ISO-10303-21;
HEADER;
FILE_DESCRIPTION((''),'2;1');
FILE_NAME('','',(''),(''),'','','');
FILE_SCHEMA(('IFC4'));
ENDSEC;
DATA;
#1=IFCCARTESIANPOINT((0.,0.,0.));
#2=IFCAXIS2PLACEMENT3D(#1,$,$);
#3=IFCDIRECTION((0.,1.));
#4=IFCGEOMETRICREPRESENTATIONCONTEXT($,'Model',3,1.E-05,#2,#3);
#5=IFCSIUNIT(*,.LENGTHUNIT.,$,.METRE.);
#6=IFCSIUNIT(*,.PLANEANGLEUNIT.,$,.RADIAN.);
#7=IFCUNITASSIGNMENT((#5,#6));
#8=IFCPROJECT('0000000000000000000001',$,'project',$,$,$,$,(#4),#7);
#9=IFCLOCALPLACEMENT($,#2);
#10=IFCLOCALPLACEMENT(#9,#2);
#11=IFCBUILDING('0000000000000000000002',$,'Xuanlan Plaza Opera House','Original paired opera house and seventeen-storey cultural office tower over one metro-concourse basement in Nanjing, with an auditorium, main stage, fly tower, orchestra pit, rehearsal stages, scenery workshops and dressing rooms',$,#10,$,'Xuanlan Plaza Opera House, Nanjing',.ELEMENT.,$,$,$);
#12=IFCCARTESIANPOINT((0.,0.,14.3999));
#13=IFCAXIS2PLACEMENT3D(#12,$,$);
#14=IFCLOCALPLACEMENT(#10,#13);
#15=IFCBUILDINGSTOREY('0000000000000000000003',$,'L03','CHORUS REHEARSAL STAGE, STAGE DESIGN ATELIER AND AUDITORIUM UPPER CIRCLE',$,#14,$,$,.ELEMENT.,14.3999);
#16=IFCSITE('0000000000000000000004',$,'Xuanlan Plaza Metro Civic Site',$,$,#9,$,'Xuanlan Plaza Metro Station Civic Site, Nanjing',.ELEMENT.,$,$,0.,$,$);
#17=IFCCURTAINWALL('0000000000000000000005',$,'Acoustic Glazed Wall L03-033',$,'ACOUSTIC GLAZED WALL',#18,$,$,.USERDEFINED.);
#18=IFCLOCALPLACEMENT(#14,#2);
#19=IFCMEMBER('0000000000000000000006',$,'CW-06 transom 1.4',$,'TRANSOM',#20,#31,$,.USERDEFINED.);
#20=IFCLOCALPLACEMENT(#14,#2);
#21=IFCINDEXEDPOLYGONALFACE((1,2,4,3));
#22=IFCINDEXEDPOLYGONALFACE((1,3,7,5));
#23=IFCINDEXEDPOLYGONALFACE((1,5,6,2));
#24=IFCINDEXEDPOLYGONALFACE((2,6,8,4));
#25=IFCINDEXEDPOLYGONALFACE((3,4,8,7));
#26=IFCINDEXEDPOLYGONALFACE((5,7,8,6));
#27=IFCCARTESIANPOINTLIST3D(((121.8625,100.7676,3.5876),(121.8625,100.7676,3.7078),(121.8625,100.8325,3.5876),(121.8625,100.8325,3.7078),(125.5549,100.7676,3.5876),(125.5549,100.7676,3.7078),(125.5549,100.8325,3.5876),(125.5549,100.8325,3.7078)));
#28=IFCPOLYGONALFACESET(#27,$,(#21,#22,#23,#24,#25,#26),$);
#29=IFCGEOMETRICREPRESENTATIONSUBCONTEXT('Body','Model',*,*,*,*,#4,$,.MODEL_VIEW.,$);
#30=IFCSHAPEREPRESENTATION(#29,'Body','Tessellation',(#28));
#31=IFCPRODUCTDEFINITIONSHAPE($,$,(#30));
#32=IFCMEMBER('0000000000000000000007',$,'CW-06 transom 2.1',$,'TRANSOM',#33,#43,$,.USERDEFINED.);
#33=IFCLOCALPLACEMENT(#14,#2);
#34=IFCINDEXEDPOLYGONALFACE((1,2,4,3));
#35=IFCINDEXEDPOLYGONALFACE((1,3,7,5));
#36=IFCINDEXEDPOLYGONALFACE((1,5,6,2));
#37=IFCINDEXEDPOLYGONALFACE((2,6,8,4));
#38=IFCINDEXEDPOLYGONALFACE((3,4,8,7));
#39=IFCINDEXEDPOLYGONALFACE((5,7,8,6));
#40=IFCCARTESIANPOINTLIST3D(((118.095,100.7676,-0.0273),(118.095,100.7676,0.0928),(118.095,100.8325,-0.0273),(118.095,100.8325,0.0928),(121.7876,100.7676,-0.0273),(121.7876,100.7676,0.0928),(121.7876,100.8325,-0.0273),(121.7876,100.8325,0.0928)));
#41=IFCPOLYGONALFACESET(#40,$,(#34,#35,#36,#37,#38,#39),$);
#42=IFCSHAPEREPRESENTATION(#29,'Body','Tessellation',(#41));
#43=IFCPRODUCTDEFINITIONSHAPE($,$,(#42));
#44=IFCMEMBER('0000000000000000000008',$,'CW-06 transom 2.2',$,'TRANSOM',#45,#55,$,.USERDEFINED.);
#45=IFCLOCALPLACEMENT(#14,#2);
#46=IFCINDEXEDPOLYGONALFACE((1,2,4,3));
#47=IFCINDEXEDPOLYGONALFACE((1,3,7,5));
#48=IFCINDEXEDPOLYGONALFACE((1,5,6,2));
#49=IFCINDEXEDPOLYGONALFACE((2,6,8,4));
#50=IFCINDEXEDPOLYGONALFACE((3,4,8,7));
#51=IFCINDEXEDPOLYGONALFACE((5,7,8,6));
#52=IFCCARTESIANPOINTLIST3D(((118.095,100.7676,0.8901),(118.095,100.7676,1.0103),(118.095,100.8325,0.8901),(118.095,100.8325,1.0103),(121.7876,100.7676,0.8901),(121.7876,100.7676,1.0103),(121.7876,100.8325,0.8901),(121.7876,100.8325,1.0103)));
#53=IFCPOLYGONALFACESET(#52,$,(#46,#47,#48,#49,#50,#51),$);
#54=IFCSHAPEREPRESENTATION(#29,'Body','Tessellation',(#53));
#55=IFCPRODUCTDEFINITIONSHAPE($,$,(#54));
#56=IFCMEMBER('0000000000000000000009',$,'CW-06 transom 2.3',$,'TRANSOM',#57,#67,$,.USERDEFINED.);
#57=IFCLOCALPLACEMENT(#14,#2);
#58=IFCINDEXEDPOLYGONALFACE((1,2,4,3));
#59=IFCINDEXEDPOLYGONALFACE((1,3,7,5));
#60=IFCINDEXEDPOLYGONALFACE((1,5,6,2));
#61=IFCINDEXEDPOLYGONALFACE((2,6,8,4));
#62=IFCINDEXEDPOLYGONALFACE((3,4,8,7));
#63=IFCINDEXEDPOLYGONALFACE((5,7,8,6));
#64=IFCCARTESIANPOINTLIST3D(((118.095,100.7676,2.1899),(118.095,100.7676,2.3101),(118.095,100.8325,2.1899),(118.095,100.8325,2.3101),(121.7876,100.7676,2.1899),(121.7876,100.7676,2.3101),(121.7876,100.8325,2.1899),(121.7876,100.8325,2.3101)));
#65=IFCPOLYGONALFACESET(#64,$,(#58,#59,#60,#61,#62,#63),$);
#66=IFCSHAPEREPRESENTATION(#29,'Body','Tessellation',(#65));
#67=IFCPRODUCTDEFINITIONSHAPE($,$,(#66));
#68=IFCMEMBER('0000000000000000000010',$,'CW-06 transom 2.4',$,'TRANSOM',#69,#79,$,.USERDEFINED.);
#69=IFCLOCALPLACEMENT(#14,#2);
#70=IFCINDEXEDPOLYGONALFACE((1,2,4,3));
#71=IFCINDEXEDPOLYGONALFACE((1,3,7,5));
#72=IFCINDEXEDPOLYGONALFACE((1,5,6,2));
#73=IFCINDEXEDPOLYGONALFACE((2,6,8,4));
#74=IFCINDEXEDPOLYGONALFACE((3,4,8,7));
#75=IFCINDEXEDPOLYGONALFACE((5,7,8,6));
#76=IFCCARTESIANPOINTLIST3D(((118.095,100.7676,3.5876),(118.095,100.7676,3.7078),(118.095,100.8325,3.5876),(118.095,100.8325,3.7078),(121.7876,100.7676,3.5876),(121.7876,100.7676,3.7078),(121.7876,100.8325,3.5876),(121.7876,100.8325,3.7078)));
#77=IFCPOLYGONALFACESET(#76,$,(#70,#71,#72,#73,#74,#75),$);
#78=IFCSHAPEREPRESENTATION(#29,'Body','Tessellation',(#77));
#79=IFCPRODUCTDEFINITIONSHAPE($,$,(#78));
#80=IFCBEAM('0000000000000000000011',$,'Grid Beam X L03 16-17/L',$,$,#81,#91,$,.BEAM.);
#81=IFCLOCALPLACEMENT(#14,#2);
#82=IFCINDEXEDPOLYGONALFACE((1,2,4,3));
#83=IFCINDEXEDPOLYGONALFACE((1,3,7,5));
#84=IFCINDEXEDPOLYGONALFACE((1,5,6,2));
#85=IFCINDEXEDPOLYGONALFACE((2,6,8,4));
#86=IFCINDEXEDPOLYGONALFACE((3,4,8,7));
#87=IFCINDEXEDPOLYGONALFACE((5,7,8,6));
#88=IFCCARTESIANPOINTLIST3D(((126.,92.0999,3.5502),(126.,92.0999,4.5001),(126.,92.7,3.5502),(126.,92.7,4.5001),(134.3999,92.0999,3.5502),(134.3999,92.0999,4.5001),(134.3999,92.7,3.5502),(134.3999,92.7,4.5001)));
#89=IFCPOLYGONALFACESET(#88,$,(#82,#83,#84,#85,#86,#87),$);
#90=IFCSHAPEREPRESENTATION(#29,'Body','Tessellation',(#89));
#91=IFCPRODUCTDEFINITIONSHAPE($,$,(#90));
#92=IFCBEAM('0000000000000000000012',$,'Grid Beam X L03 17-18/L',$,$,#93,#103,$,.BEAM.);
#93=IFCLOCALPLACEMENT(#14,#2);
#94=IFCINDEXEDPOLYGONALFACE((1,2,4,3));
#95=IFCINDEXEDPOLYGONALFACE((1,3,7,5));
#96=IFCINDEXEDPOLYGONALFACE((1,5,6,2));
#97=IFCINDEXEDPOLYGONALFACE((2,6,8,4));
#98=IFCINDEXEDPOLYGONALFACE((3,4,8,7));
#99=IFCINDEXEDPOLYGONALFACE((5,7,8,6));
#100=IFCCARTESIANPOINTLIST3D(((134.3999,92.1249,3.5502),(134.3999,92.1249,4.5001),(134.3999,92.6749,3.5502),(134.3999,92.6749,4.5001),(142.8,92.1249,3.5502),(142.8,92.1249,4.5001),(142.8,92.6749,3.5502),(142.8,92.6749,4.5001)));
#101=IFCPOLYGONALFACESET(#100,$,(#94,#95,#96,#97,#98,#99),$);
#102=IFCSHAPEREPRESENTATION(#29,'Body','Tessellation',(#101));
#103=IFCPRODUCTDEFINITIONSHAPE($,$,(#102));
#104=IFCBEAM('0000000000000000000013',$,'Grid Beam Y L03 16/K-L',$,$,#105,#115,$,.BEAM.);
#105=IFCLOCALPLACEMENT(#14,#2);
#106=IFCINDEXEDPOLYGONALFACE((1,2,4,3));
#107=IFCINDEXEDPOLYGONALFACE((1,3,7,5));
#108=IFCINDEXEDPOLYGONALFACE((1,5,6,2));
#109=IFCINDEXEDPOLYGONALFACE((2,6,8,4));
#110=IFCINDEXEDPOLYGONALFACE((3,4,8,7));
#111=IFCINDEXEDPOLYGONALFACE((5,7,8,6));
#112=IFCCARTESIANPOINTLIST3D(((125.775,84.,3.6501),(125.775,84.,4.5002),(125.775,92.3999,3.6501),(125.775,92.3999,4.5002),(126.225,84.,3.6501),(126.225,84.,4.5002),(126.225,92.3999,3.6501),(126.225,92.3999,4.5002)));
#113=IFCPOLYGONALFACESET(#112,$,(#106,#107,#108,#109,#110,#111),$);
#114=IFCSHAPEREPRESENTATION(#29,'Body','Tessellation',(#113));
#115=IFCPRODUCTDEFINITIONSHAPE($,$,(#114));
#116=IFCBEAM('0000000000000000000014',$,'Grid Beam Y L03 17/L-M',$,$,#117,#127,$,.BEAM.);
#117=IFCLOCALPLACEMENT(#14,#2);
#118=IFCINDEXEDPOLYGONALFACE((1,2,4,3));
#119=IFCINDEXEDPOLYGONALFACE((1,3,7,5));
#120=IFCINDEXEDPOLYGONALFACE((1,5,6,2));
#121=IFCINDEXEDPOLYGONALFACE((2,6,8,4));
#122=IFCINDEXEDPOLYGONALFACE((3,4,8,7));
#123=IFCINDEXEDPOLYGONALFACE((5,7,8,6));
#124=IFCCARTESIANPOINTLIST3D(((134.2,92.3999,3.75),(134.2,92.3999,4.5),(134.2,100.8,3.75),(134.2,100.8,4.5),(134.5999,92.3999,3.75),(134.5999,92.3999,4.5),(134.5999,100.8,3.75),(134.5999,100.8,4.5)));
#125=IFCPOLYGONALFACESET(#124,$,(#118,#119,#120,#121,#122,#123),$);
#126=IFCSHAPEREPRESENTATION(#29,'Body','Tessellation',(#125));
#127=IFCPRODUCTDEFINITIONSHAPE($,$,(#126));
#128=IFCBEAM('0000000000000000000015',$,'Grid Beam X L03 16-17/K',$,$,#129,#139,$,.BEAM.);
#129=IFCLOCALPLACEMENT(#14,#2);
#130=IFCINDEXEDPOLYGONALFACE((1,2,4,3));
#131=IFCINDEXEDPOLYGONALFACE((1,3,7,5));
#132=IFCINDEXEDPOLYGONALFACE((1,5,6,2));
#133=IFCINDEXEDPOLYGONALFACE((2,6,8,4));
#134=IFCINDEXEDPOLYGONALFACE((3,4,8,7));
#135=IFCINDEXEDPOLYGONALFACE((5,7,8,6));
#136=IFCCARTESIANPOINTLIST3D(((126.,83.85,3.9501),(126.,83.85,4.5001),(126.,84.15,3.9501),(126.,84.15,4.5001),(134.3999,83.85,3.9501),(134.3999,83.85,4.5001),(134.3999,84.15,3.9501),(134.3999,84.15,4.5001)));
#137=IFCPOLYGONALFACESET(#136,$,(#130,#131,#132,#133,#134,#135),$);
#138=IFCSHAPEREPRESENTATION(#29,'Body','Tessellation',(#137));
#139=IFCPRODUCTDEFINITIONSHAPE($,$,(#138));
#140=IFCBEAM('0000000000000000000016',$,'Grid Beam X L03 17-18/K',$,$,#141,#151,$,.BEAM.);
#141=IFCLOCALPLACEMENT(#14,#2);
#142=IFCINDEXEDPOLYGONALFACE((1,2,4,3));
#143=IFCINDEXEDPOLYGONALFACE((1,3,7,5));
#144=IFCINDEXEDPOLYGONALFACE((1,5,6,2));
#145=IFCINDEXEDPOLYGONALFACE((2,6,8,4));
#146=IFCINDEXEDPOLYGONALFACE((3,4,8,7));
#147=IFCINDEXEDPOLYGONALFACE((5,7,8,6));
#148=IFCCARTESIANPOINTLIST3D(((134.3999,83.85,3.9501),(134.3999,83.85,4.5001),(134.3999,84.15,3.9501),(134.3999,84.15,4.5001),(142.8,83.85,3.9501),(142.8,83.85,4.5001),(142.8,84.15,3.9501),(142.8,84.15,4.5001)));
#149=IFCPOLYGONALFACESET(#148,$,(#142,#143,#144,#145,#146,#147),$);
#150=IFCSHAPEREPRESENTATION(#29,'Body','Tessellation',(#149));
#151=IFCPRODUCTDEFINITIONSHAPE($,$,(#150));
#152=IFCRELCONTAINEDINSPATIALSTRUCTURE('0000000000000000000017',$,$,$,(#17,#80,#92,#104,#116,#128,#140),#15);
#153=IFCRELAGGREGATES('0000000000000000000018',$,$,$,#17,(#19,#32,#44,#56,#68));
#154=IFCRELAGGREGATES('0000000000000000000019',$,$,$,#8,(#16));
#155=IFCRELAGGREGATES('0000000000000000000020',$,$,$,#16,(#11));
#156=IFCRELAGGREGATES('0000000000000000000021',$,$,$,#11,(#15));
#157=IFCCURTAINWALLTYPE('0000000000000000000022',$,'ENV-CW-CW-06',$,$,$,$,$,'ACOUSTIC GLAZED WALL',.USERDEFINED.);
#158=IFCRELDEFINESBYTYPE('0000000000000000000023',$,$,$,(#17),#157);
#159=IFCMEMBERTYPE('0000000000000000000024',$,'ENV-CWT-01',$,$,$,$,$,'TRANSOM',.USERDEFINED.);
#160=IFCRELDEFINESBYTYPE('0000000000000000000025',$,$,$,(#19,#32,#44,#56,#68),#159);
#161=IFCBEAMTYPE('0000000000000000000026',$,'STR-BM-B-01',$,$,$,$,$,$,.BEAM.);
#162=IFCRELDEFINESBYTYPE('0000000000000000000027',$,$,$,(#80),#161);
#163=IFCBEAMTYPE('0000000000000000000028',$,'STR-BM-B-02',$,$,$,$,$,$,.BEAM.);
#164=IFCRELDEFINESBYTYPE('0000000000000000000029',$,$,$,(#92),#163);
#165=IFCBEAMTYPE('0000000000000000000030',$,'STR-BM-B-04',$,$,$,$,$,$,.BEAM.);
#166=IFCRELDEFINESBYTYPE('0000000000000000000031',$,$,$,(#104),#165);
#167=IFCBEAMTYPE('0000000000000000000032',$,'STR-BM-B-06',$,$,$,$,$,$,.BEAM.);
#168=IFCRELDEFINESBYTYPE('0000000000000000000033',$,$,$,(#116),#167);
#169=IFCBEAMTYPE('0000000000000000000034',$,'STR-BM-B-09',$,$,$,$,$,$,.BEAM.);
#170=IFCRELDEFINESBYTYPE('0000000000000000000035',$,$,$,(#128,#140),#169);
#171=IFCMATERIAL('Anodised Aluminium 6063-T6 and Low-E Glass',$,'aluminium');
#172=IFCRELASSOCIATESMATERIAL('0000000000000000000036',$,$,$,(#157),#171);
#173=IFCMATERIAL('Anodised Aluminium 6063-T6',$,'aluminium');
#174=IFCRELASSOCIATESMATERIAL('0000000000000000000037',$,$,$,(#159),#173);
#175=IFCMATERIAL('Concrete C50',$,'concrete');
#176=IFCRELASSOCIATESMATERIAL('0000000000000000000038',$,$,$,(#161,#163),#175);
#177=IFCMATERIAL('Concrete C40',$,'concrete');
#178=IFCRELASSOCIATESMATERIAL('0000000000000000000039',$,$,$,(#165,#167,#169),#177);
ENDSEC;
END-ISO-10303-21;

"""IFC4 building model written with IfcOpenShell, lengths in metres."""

from ifc_helpers import new_model, si_unit, direction, frame, origin, origin_2d, place, context, subcontext, project, spatial, rectangle, extrude, material, material_profile, profile_set, type_object, element, aggregate, save


model = new_model("IFC4")

# Units and contexts
model_context = context("Model", 3, precision=1e-05, world=origin(), true_north=direction((0.0, 1.0)))
body_context = subcontext(model_context, "Body", "Model", "MODEL_VIEW")
ifc_project = project(units=[si_unit("LENGTHUNIT", "METRE"), si_unit("PLANEANGLEUNIT", "RADIAN")], contexts=[model_context])

# Site, building, storey
site_placement = place(None, origin())
site = spatial("IfcSite", under=ifc_project, at=site_placement, Name="Xuanlan Plaza Metro Civic Site", LongName="Xuanlan Plaza Metro Station Civic Site, Nanjing", CompositionType="ELEMENT", RefElevation=0.0)
building_placement = place(site_placement, origin())
building = spatial("IfcBuilding", under=site, at=building_placement, Name="Xuanlan Plaza Opera House", Description="Original paired opera house and seventeen-storey cultural office tower over one metro-concourse basement in Nanjing, with an auditorium, main stage, fly tower, orchestra pit, rehearsal stages, scenery workshops and dressing rooms", LongName="Xuanlan Plaza Opera House, Nanjing", CompositionType="ELEMENT")
storey_placement = place(building_placement, frame((0.0, 0.0, 14.3999)))
storey = spatial("IfcBuildingStorey", under=building, at=storey_placement, Name="L03", Description="CHORUS REHEARSAL STAGE, STAGE DESIGN ATELIER AND AUDITORIUM UPPER CIRCLE", CompositionType="ELEMENT", Elevation=14.3999)

# Shared definitions
ifc_material_1 = material(Name="Concrete C50", Category="concrete")
ifc_material_2 = material(Name="Concrete C40", Category="concrete")

# Shared definitions
ifc_material_3 = material(Name="Anodised Aluminium 6063-T6 and Low-E Glass", Category="aluminium")
ifc_material_4 = material(Name="Anodised Aluminium 6063-T6", Category="aluminium")

# Curtain wall, members
curtain_wall_type_1 = type_object("IfcCurtainWallType", Name="ENV-CW-CW-06", ElementType="ACOUSTIC GLAZED WALL", PredefinedType="USERDEFINED", material=ifc_material_3)
curtain_wall_1_placement = place(storey_placement, origin())
curtain_wall_1 = element("IfcCurtainWall", 1, at=curtain_wall_1_placement, inside=storey, type_object=curtain_wall_type_1, Name="Acoustic Glazed Wall L03-033", ObjectType="ACOUSTIC GLAZED WALL", PredefinedType="USERDEFINED")
ifc_material_profile_1 = material_profile(ifc_material_4, rectangle(XDim=0.0649, YDim=0.1201, at=origin_2d()), Name="ALU-T 65x120")
ifc_profile_set_1 = profile_set([ifc_material_profile_1], Name="Anodised Aluminium 6063-T6")
member_type_1 = type_object("IfcMemberType", Name="ENV-CWT-01", ElementType="TRANSOM", PredefinedType="USERDEFINED", material=ifc_profile_set_1)
member_1_placement = place(storey_placement, frame((125.5549, 100.8, 3.6477), z_axis=(-1.0, 0.0, 0.0), x_axis=(0.0, -1.0, 0.0)))
member_1 = element("IfcMember", 2, at=member_1_placement, type_object=member_type_1, Name="CW-06 transom 1.4", ObjectType="TRANSOM", PredefinedType="USERDEFINED", context=body_context, shape_type="SweptSolid", body=[
    extrude(rectangle(XDim=0.0649, YDim=0.1201, at=origin_2d()), origin(), (0.0, 0.0, 1.0), 3.6924),
])
member_2_placement = place(storey_placement, frame((121.7876, 100.8, 0.0327), z_axis=(-1.0, 0.0, 0.0), x_axis=(0.0, -1.0, 0.0)))
member_2 = element("IfcMember", 3, at=member_2_placement, type_object=member_type_1, Name="CW-06 transom 2.1", ObjectType="TRANSOM", PredefinedType="USERDEFINED", context=body_context, shape_type="SweptSolid", body=[
    extrude(rectangle(XDim=0.0649, YDim=0.1201, at=origin_2d()), origin(), (0.0, 0.0, 1.0), 3.6926),
])
member_3_placement = place(storey_placement, frame((121.7876, 100.8, 0.9502), z_axis=(-1.0, 0.0, 0.0), x_axis=(0.0, -1.0, 0.0)))
member_3 = element("IfcMember", 4, at=member_3_placement, type_object=member_type_1, Name="CW-06 transom 2.2", ObjectType="TRANSOM", PredefinedType="USERDEFINED", context=body_context, shape_type="SweptSolid", body=[
    extrude(rectangle(XDim=0.0649, YDim=0.1201, at=origin_2d()), origin(), (0.0, 0.0, 1.0), 3.6926),
])
member_4_placement = place(storey_placement, frame((121.7876, 100.8, 2.25), z_axis=(-1.0, 0.0, 0.0), x_axis=(0.0, -1.0, 0.0)))
member_4 = element("IfcMember", 5, at=member_4_placement, type_object=member_type_1, Name="CW-06 transom 2.3", ObjectType="TRANSOM", PredefinedType="USERDEFINED", context=body_context, shape_type="SweptSolid", body=[
    extrude(rectangle(XDim=0.0649, YDim=0.1201, at=origin_2d()), origin(), (0.0, 0.0, 1.0), 3.6926),
])
member_5_placement = place(storey_placement, frame((121.7876, 100.8, 3.6477), z_axis=(-1.0, 0.0, 0.0), x_axis=(0.0, -1.0, 0.0)))
member_5 = element("IfcMember", 6, at=member_5_placement, type_object=member_type_1, Name="CW-06 transom 2.4", ObjectType="TRANSOM", PredefinedType="USERDEFINED", context=body_context, shape_type="SweptSolid", body=[
    extrude(rectangle(XDim=0.0649, YDim=0.1201, at=origin_2d()), origin(), (0.0, 0.0, 1.0), 3.6926),
])

# Beams
ifc_material_profile_2 = material_profile(ifc_material_1, rectangle(XDim=0.6001, YDim=0.95, at=origin_2d()), Name="RC-BM 600x950")
ifc_profile_set_2 = profile_set([ifc_material_profile_2], Name="Concrete C50")
beam_type_1 = type_object("IfcBeamType", Name="STR-BM-B-01", PredefinedType="BEAM", material=ifc_profile_set_2)
beam_1_placement = place(storey_placement, frame((126.0, 92.3999, 4.0251), z_axis=(1.0, 0.0, 0.0), x_axis=(0.0, 1.0, 0.0)))
element("IfcBeam", 7, at=beam_1_placement, inside=storey, type_object=beam_type_1, Name="Grid Beam X L03 16-17/L", PredefinedType="BEAM", context=body_context, shape_type="SweptSolid", body=[
    extrude(rectangle(XDim=0.6001, YDim=0.95, at=origin_2d()), origin(), (0.0, 0.0, 1.0), 8.3999),
])
ifc_material_profile_3 = material_profile(ifc_material_1, rectangle(XDim=0.55, YDim=0.95, at=origin_2d()), Name="RC-BM 550x950")
ifc_profile_set_3 = profile_set([ifc_material_profile_3], Name="Concrete C50")
beam_type_2 = type_object("IfcBeamType", Name="STR-BM-B-02", PredefinedType="BEAM", material=ifc_profile_set_3)
beam_2_placement = place(storey_placement, frame((134.3999, 92.3999, 4.0251), z_axis=(1.0, 0.0, 0.0), x_axis=(0.0, 1.0, 0.0)))
element("IfcBeam", 8, at=beam_2_placement, inside=storey, type_object=beam_type_2, Name="Grid Beam X L03 17-18/L", PredefinedType="BEAM", context=body_context, shape_type="SweptSolid", body=[
    extrude(rectangle(XDim=0.55, YDim=0.95, at=origin_2d()), origin(), (0.0, 0.0, 1.0), 8.4001),
])
ifc_material_profile_4 = material_profile(ifc_material_2, rectangle(XDim=0.45, YDim=0.8501, at=origin_2d()), Name="RC-BM 450x850")
ifc_profile_set_4 = profile_set([ifc_material_profile_4], Name="Concrete C40")
beam_type_3 = type_object("IfcBeamType", Name="STR-BM-B-04", PredefinedType="BEAM", material=ifc_profile_set_4)
beam_3_placement = place(storey_placement, frame((126.0, 84.0, 4.0752), z_axis=(0.0, 1.0, 0.0), x_axis=(-1.0, 0.0, 0.0)))
element("IfcBeam", 9, at=beam_3_placement, inside=storey, type_object=beam_type_3, Name="Grid Beam Y L03 16/K-L", PredefinedType="BEAM", context=body_context, shape_type="SweptSolid", body=[
    extrude(rectangle(XDim=0.45, YDim=0.8501, at=origin_2d()), origin(), (0.0, 0.0, 1.0), 8.3999),
])
ifc_material_profile_5 = material_profile(ifc_material_2, rectangle(XDim=0.3999, YDim=0.75, at=origin_2d()), Name="RC-BM 400x750")
ifc_profile_set_5 = profile_set([ifc_material_profile_5], Name="Concrete C40")
beam_type_4 = type_object("IfcBeamType", Name="STR-BM-B-06", PredefinedType="BEAM", material=ifc_profile_set_5)
beam_4_placement = place(storey_placement, frame((134.3999, 92.3999, 4.125), z_axis=(0.0, 1.0, 0.0), x_axis=(-1.0, 0.0, 0.0)))
element("IfcBeam", 10, at=beam_4_placement, inside=storey, type_object=beam_type_4, Name="Grid Beam Y L03 17/L-M", PredefinedType="BEAM", context=body_context, shape_type="SweptSolid", body=[
    extrude(rectangle(XDim=0.3999, YDim=0.75, at=origin_2d()), origin(), (0.0, 0.0, 1.0), 8.4001),
])
ifc_material_profile_6 = material_profile(ifc_material_2, rectangle(XDim=0.3, YDim=0.55, at=origin_2d()), Name="RC-BM 300x550")
ifc_profile_set_6 = profile_set([ifc_material_profile_6], Name="Concrete C40")
beam_type_5 = type_object("IfcBeamType", Name="STR-BM-B-09", PredefinedType="BEAM", material=ifc_profile_set_6)
beam_5_placement = place(storey_placement, frame((126.0, 84.0, 4.2251), z_axis=(1.0, 0.0, 0.0), x_axis=(0.0, 1.0, 0.0)))
element("IfcBeam", 11, at=beam_5_placement, inside=storey, type_object=beam_type_5, Name="Grid Beam X L03 16-17/K", PredefinedType="BEAM", context=body_context, shape_type="SweptSolid", body=[
    extrude(rectangle(XDim=0.3, YDim=0.55, at=origin_2d()), origin(), (0.0, 0.0, 1.0), 8.3999),
])
beam_6_placement = place(storey_placement, frame((134.3999, 84.0, 4.2251), z_axis=(1.0, 0.0, 0.0), x_axis=(0.0, 1.0, 0.0)))
element("IfcBeam", 12, at=beam_6_placement, inside=storey, type_object=beam_type_5, Name="Grid Beam X L03 17-18/K", PredefinedType="BEAM", context=body_context, shape_type="SweptSolid", body=[
    extrude(rectangle(XDim=0.3, YDim=0.55, at=origin_2d()), origin(), (0.0, 0.0, 1.0), 8.4001),
])

aggregate(curtain_wall_1, [member_1, member_2, member_3, member_4, member_5])

save(model, "model.ifc")
